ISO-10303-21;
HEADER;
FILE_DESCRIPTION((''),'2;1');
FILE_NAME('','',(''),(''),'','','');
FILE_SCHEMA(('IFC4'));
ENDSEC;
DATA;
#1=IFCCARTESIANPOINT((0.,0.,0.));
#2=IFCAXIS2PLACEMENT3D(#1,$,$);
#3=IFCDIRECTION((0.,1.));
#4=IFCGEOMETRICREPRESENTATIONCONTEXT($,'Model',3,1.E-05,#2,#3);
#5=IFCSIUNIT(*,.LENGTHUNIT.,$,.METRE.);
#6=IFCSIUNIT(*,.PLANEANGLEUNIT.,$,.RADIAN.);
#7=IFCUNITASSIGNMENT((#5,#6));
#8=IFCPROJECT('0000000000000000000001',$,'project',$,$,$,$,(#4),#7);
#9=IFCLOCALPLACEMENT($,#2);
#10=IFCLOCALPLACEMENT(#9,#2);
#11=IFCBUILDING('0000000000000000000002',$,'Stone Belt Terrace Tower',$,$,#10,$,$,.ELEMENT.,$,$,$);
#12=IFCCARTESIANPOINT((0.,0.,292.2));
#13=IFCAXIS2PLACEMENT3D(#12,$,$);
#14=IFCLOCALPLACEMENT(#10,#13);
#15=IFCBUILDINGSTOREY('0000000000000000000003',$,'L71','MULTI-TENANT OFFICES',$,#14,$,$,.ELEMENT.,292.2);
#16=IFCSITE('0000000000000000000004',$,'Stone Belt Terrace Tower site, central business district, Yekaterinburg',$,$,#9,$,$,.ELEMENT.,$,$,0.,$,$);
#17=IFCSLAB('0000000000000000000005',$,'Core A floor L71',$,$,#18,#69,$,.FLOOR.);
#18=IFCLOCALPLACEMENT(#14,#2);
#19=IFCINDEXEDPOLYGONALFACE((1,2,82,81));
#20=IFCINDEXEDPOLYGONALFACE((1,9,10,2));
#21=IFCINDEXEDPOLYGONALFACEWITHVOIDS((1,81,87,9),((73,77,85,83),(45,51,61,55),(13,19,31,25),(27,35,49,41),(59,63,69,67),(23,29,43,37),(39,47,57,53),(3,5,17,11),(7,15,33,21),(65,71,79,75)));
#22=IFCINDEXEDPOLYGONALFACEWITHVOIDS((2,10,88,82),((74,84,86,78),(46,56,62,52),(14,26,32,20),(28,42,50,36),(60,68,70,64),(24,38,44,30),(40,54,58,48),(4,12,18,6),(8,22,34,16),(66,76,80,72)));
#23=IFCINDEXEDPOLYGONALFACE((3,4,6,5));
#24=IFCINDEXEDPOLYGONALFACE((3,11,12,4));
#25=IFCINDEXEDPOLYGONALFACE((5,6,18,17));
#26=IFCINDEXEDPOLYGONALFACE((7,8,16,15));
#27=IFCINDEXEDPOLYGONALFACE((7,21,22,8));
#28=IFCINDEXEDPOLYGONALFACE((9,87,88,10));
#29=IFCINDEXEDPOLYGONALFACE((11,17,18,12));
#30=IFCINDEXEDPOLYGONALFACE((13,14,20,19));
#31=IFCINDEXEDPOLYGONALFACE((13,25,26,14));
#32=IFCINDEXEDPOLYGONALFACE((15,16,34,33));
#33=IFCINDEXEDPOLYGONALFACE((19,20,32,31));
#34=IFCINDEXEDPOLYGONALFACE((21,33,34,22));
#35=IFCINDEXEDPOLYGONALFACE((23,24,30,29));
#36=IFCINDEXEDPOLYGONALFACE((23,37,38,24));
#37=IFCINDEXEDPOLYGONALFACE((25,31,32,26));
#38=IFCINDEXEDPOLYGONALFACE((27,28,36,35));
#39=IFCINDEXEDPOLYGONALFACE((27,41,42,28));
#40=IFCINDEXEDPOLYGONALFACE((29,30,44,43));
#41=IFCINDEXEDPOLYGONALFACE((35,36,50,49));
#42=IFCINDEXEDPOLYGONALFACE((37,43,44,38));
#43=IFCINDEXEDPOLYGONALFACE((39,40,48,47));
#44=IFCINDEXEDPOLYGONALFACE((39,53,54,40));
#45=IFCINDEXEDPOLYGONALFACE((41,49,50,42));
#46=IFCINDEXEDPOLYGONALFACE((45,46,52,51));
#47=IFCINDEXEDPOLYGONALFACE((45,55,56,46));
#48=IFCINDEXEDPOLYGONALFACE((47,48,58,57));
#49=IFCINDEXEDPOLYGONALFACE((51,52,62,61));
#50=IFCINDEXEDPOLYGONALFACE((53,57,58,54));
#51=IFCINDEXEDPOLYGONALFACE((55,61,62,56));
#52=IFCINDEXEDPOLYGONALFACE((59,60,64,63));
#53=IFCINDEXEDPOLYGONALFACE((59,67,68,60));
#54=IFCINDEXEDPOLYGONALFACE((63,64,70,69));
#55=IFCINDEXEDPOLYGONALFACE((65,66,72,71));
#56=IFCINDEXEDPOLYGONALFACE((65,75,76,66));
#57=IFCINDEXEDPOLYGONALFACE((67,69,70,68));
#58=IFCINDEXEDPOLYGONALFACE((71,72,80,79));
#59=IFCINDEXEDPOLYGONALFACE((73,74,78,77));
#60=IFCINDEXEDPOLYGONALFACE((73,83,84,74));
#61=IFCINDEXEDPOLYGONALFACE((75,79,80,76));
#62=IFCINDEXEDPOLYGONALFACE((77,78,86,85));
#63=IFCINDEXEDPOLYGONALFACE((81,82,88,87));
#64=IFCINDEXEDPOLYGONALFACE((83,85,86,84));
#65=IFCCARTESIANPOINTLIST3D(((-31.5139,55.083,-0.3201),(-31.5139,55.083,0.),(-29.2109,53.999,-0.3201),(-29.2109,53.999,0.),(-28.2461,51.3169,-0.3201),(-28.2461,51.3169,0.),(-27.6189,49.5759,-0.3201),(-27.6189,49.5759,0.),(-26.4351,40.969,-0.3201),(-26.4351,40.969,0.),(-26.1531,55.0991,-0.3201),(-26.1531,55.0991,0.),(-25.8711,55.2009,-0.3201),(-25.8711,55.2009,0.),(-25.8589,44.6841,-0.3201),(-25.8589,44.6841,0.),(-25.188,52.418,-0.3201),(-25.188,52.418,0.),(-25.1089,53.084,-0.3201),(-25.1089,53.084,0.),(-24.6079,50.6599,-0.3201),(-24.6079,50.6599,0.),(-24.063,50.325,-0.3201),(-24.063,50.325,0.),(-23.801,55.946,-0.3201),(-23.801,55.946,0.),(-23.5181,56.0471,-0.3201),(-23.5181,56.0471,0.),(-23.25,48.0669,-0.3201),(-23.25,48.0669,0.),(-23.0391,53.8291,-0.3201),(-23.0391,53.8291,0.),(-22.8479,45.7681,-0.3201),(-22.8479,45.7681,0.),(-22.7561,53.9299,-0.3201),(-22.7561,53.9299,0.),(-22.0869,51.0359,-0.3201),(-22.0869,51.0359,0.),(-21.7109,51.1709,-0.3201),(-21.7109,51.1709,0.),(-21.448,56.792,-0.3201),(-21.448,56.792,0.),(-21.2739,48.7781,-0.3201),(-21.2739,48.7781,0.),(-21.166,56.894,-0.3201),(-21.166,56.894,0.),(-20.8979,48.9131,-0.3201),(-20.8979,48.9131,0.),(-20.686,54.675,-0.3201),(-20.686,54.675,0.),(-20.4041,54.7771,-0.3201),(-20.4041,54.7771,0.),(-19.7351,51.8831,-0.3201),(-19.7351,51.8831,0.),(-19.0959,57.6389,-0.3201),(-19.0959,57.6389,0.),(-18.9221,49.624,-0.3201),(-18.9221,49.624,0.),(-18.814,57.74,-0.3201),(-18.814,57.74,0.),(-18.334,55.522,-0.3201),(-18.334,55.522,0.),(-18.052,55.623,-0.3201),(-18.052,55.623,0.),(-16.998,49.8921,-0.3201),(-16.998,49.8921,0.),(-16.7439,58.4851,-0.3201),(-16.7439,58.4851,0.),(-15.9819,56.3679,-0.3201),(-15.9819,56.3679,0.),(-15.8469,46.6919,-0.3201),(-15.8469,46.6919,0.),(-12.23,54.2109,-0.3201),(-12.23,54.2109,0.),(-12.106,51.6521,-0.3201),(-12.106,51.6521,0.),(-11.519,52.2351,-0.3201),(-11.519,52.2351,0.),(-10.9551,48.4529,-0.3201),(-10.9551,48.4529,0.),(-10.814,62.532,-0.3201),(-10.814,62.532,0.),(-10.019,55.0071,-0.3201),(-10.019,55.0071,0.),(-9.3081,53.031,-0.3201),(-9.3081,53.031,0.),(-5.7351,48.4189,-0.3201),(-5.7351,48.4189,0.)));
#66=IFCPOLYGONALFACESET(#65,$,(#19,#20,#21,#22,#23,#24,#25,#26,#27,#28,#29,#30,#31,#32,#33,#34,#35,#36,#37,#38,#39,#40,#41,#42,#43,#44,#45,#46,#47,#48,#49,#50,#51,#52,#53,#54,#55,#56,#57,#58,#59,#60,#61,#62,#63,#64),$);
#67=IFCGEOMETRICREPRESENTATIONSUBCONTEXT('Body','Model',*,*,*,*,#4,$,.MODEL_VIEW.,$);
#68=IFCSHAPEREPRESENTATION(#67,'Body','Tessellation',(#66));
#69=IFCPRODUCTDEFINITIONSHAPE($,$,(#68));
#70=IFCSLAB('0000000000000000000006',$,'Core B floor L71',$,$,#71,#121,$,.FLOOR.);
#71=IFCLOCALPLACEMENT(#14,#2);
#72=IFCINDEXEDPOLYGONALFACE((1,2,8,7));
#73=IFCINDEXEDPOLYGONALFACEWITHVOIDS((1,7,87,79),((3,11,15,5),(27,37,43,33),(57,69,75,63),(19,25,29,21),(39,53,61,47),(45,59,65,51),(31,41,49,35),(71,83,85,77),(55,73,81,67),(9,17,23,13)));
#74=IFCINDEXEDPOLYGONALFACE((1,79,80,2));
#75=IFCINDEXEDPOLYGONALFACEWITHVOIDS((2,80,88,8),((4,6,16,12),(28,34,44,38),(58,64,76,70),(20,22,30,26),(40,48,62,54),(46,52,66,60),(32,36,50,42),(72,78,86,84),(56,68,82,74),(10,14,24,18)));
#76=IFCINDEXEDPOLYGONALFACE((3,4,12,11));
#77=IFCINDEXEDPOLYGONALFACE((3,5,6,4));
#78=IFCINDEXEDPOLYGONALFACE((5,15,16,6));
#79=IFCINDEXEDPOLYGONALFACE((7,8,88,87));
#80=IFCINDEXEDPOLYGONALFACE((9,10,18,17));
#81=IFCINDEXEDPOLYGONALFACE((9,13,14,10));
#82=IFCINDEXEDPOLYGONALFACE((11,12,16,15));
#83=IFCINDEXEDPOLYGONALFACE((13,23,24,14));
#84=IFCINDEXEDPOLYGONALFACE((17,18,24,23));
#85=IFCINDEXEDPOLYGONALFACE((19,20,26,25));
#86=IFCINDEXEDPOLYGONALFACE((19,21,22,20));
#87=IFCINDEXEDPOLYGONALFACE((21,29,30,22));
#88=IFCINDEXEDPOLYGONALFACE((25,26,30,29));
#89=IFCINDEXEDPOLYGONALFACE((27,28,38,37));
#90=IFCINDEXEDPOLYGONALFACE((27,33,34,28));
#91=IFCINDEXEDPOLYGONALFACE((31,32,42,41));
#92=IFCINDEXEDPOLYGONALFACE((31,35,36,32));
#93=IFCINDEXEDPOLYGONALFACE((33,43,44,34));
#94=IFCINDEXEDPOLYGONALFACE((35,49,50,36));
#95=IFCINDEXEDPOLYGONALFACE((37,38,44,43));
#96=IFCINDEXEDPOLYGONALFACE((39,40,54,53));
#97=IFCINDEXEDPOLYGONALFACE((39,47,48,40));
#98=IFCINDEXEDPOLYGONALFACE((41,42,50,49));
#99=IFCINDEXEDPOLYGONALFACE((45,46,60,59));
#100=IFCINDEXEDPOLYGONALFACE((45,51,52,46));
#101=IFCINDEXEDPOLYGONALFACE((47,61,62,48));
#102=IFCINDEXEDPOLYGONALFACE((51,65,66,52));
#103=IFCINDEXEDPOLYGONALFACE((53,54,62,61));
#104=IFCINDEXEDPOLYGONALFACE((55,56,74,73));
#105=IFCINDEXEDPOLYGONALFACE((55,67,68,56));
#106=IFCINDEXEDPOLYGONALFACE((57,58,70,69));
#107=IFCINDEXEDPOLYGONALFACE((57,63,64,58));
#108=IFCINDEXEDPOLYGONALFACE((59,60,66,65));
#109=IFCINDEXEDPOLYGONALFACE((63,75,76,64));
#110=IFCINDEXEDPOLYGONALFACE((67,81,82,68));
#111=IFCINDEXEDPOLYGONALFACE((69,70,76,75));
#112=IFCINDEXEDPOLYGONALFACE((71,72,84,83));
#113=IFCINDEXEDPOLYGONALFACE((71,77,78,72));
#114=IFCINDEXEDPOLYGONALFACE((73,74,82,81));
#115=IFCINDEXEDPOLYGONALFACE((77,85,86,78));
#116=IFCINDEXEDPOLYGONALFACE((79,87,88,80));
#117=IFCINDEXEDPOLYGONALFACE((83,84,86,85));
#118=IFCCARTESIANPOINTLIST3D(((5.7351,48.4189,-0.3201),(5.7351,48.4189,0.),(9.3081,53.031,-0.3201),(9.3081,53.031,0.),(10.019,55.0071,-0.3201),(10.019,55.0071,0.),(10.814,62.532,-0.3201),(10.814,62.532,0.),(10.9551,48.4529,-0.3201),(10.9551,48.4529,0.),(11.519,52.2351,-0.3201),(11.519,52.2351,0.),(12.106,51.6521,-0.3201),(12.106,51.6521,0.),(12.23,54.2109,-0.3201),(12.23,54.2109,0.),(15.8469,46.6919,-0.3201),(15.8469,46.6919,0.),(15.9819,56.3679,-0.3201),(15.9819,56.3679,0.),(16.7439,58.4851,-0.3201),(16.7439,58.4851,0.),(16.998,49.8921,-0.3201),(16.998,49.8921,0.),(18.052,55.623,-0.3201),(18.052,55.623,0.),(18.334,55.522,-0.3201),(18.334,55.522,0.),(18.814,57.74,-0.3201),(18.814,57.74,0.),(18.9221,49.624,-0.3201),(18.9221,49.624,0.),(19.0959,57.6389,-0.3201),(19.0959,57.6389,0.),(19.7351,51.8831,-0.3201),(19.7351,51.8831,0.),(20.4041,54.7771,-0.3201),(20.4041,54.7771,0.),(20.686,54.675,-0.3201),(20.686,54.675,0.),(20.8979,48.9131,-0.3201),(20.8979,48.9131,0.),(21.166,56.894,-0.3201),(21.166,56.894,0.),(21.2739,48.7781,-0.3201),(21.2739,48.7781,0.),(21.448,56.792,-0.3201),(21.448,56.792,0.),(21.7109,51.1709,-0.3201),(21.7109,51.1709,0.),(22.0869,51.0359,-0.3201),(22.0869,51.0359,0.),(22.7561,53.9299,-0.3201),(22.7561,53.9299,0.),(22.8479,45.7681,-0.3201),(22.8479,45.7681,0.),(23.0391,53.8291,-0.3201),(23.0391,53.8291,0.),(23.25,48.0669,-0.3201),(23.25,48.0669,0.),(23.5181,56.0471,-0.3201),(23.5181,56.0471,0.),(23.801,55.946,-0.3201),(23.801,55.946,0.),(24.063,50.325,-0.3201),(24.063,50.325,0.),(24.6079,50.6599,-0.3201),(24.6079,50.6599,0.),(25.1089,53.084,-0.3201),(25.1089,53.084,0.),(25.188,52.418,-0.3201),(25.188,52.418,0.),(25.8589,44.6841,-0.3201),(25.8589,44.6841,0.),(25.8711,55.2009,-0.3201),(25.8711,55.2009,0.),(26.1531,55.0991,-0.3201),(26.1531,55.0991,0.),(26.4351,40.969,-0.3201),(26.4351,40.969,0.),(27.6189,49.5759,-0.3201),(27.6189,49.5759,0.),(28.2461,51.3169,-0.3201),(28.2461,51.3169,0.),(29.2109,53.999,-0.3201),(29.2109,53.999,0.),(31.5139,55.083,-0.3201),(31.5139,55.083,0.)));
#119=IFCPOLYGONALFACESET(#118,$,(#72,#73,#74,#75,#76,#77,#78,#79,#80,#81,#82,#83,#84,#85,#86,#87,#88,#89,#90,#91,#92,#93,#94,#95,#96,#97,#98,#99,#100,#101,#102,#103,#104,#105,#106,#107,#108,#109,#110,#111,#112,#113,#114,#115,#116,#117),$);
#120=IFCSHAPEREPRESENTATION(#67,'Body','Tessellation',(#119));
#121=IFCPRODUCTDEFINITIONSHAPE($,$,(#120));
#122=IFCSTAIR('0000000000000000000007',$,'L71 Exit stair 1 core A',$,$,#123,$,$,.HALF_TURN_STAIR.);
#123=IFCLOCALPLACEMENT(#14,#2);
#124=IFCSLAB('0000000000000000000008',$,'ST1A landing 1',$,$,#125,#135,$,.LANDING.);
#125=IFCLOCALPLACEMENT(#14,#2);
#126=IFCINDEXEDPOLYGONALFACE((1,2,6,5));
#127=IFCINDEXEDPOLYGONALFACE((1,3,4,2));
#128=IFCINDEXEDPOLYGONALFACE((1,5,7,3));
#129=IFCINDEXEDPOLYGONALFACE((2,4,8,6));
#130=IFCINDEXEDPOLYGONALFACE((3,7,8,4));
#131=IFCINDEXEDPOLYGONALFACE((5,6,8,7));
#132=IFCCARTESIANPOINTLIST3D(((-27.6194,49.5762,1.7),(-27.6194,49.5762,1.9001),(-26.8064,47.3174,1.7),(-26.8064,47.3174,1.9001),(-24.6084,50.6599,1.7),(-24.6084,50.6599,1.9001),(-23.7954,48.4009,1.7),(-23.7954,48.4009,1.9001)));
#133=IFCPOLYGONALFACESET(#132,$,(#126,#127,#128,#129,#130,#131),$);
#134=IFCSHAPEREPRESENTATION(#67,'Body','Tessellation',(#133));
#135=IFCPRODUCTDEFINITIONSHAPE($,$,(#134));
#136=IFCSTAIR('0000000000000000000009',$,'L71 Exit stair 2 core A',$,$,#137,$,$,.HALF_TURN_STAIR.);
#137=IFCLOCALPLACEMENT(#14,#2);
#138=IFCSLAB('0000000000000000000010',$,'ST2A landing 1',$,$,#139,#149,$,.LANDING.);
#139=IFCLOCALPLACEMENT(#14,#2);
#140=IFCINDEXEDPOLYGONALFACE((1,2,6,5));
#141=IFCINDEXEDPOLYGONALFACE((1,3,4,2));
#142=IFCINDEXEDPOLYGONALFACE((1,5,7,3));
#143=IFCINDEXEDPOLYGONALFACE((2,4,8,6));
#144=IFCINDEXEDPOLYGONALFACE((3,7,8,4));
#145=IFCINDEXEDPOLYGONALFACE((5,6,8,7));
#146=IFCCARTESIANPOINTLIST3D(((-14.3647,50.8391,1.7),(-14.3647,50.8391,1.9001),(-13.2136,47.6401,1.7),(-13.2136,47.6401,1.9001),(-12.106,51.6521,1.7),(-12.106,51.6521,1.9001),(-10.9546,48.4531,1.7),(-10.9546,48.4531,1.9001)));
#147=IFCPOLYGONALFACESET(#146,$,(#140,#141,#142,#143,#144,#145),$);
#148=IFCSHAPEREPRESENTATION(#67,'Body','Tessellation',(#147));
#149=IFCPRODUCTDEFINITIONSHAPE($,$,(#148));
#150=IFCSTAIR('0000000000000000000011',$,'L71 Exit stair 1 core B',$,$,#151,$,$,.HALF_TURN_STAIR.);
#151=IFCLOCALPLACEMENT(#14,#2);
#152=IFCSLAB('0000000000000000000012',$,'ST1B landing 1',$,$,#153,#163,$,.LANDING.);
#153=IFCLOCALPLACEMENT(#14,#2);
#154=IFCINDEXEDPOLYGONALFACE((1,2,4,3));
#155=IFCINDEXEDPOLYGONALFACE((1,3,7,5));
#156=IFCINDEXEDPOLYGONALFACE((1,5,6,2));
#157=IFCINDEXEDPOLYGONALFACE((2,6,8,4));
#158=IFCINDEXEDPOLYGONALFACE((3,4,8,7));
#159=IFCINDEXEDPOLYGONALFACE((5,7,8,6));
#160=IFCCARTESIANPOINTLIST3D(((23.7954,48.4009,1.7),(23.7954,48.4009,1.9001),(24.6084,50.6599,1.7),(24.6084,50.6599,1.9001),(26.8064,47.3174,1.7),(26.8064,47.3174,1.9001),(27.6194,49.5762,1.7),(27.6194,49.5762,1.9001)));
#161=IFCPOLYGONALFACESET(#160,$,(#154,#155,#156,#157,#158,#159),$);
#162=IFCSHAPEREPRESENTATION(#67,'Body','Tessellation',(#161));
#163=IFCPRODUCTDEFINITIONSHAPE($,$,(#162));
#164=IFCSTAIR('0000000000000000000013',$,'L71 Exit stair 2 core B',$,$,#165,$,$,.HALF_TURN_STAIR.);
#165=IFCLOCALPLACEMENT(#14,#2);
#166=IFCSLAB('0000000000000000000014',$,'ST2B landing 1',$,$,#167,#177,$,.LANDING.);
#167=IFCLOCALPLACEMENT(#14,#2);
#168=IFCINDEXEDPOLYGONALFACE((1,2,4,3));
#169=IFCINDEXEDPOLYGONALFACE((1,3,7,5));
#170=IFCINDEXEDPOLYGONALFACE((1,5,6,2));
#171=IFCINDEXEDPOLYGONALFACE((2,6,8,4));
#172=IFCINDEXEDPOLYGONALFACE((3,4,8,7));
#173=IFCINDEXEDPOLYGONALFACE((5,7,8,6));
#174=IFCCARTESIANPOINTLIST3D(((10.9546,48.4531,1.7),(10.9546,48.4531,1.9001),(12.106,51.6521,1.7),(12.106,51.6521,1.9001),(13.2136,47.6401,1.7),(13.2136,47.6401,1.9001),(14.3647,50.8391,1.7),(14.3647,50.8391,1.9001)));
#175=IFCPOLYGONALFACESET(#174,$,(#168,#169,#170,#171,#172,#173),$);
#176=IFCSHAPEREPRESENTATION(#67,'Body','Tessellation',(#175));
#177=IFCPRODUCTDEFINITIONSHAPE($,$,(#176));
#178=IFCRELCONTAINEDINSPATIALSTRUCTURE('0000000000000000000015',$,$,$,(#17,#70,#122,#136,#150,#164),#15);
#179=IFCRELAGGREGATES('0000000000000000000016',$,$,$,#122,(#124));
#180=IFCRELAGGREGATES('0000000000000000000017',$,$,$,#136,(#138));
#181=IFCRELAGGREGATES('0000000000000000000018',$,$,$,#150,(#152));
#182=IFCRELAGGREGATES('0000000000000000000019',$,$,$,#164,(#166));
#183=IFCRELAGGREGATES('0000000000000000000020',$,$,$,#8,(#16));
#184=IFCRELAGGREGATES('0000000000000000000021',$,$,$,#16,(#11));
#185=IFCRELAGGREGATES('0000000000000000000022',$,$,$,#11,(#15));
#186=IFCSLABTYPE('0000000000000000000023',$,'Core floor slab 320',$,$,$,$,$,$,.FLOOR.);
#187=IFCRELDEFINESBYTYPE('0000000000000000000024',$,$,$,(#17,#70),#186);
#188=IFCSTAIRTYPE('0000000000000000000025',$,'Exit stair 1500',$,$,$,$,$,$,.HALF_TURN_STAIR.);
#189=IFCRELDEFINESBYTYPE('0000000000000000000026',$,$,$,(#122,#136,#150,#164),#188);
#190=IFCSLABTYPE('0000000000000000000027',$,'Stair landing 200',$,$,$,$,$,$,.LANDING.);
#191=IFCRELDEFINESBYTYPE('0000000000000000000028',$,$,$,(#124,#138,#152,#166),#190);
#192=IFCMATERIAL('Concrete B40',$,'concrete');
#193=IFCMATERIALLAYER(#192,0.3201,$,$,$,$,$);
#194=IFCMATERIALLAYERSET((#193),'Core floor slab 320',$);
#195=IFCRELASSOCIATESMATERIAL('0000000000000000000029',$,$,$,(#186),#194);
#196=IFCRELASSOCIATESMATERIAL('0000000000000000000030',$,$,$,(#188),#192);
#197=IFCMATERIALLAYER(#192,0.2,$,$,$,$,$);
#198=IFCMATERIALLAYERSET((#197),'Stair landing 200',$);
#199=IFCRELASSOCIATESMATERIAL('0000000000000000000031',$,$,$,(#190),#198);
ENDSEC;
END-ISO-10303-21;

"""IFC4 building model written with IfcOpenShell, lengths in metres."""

from ifc_helpers import new_model, si_unit, direction, frame, origin, place, context, subcontext, project, spatial, polyline, outline, extrude, material, layer, layer_set, type_object, element, aggregate, save


model = new_model("IFC4")

# Units and contexts
model_context = context("Model", 3, precision=1e-05, world=origin(), true_north=direction((0.0, 1.0)))
body_context = subcontext(model_context, "Body", "Model", "MODEL_VIEW")
ifc_project = project(units=[si_unit("LENGTHUNIT", "METRE"), si_unit("PLANEANGLEUNIT", "RADIAN")], contexts=[model_context])

# Site, building, storey
site_placement = place(None, origin())
site = spatial("IfcSite", under=ifc_project, at=site_placement, Name="Stone Belt Terrace Tower site, central business district, Yekaterinburg", CompositionType="ELEMENT", RefElevation=0.0)
building_placement = place(site_placement, origin())
building = spatial("IfcBuilding", under=site, at=building_placement, Name="Stone Belt Terrace Tower", CompositionType="ELEMENT")
storey_placement = place(building_placement, frame((0.0, 0.0, 292.2)))
storey = spatial("IfcBuildingStorey", under=building, at=storey_placement, Name="L71", Description="MULTI-TENANT OFFICES", CompositionType="ELEMENT", Elevation=292.2)

# Slabs
ifc_material_1 = material(Name="Concrete B40", Category="concrete")
ifc_layer_1 = layer(ifc_material_1, 0.3201)
ifc_layer_set_1 = layer_set([ifc_layer_1], Name="Core floor slab 320")
slab_type_1 = type_object("IfcSlabType", Name="Core floor slab 320", PredefinedType="FLOOR", material=ifc_layer_set_1)
slab_1_placement = place(storey_placement, frame((0.0, 0.0, -0.3201)))
element("IfcSlab", 1, at=slab_1_placement, inside=storey, type_object=slab_type_1, Name="Core A floor L71", PredefinedType="FLOOR", context=body_context, shape_type="SweptSolid", body=[
    extrude(outline(polyline([(-26.4351, 40.969), (-5.7351, 48.4189), (-10.814, 62.532), (-31.5139, 55.083), (-26.4351, 40.969)]), holes=[polyline([(-24.6079, 50.6599), (-22.8479, 45.7681), (-25.8589, 44.6841), (-27.6189, 49.5759), (-24.6079, 50.6599)]), polyline([(-10.9551, 48.4529), (-15.8469, 46.6919), (-16.998, 49.8921), (-12.106, 51.6521), (-10.9551, 48.4529)]), polyline([(-22.0869, 51.0359), (-21.2739, 48.7781), (-23.25, 48.0669), (-24.063, 50.325), (-22.0869, 51.0359)]), polyline([(-18.9221, 49.624), (-20.8979, 48.9131), (-21.7109, 51.1709), (-19.7351, 51.8831), (-18.9221, 49.624)]), polyline([(-29.2109, 53.999), (-26.1531, 55.0991), (-25.188, 52.418), (-28.2461, 51.3169), (-29.2109, 53.999)]), polyline([(-10.019, 55.0071), (-9.3081, 53.031), (-11.519, 52.2351), (-12.23, 54.2109), (-10.019, 55.0071)]), polyline([(-25.8711, 55.2009), (-23.801, 55.946), (-23.0391, 53.8291), (-25.1089, 53.084), (-25.8711, 55.2009)]), polyline([(-23.5181, 56.0471), (-21.448, 56.792), (-20.686, 54.675), (-22.7561, 53.9299), (-23.5181, 56.0471)]), polyline([(-19.0959, 57.6389), (-18.334, 55.522), (-20.4041, 54.7771), (-21.166, 56.894), (-19.0959, 57.6389)]), polyline([(-16.7439, 58.4851), (-15.9819, 56.3679), (-18.052, 55.623), (-18.814, 57.74), (-16.7439, 58.4851)])]), origin(), (0.0, 0.0, 1.0), 0.3201),
])
slab_2_placement = place(storey_placement, frame((0.0, 0.0, -0.3201)))
element("IfcSlab", 2, at=slab_2_placement, inside=storey, type_object=slab_type_1, Name="Core B floor L71", PredefinedType="FLOOR", context=body_context, shape_type="SweptSolid", body=[
    extrude(outline(polyline([(26.4351, 40.969), (31.5139, 55.083), (10.814, 62.532), (5.7351, 48.4189), (26.4351, 40.969)]), holes=[polyline([(27.6189, 49.5759), (25.8589, 44.6841), (22.8479, 45.7681), (24.6079, 50.6599), (27.6189, 49.5759)]), polyline([(12.106, 51.6521), (16.998, 49.8921), (15.8469, 46.6919), (10.9551, 48.4529), (12.106, 51.6521)]), polyline([(23.25, 48.0669), (21.2739, 48.7781), (22.0869, 51.0359), (24.063, 50.325), (23.25, 48.0669)]), polyline([(18.9221, 49.624), (19.7351, 51.8831), (21.7109, 51.1709), (20.8979, 48.9131), (18.9221, 49.624)]), polyline([(29.2109, 53.999), (28.2461, 51.3169), (25.188, 52.418), (26.1531, 55.0991), (29.2109, 53.999)]), polyline([(11.519, 52.2351), (9.3081, 53.031), (10.019, 55.0071), (12.23, 54.2109), (11.519, 52.2351)]), polyline([(23.0391, 53.8291), (23.801, 55.946), (25.8711, 55.2009), (25.1089, 53.084), (23.0391, 53.8291)]), polyline([(20.686, 54.675), (21.448, 56.792), (23.5181, 56.0471), (22.7561, 53.9299), (20.686, 54.675)]), polyline([(19.0959, 57.6389), (21.166, 56.894), (20.4041, 54.7771), (18.334, 55.522), (19.0959, 57.6389)]), polyline([(16.7439, 58.4851), (18.814, 57.74), (18.052, 55.623), (15.9819, 56.3679), (16.7439, 58.4851)])]), origin(), (0.0, 0.0, 1.0), 0.3201),
])

# Stairs, slabs
stair_type = type_object("IfcStairType", Name="Exit stair 1500", PredefinedType="HALF_TURN_STAIR", material=ifc_material_1)
stair_1_placement = place(storey_placement, origin())
stair_1 = element("IfcStair", 3, at=stair_1_placement, inside=storey, type_object=stair_type, Name="L71 Exit stair 1 core A", PredefinedType="HALF_TURN_STAIR")
ifc_layer_2 = layer(ifc_material_1, 0.2)
ifc_layer_set_2 = layer_set([ifc_layer_2], Name="Stair landing 200")
slab_type_2 = type_object("IfcSlabType", Name="Stair landing 200", PredefinedType="LANDING", material=ifc_layer_set_2)
slab_3_placement = place(storey_placement, frame((0.0, 0.0, 1.7)))
slab_3 = element("IfcSlab", 4, at=slab_3_placement, type_object=slab_type_2, Name="ST1A landing 1", PredefinedType="LANDING", context=body_context, shape_type="SweptSolid", body=[
    extrude(outline(polyline([(-23.7954, 48.4009), (-24.6084, 50.6599), (-27.6194, 49.5762), (-26.8064, 47.3174), (-23.7954, 48.4009)])), origin(), (0.0, 0.0, 1.0), 0.2002),
])
aggregate(stair_1, [slab_3])
stair_2_placement = place(storey_placement, origin())
stair_2 = element("IfcStair", 5, at=stair_2_placement, inside=storey, type_object=stair_type, Name="L71 Exit stair 2 core A", PredefinedType="HALF_TURN_STAIR")
slab_4_placement = place(storey_placement, frame((0.0, 0.0, 1.7)))
slab_4 = element("IfcSlab", 6, at=slab_4_placement, type_object=slab_type_2, Name="ST2A landing 1", PredefinedType="LANDING", context=body_context, shape_type="SweptSolid", body=[
    extrude(outline(polyline([(-13.2136, 47.6401), (-10.9546, 48.4531), (-12.106, 51.6521), (-14.3647, 50.8391), (-13.2136, 47.6401)])), origin(), (0.0, 0.0, 1.0), 0.2002),
])
aggregate(stair_2, [slab_4])
stair_3_placement = place(storey_placement, origin())
stair_3 = element("IfcStair", 7, at=stair_3_placement, inside=storey, type_object=stair_type, Name="L71 Exit stair 1 core B", PredefinedType="HALF_TURN_STAIR")
slab_5_placement = place(storey_placement, frame((0.0, 0.0, 1.7)))
slab_5 = element("IfcSlab", 8, at=slab_5_placement, type_object=slab_type_2, Name="ST1B landing 1", PredefinedType="LANDING", context=body_context, shape_type="SweptSolid", body=[
    extrude(outline(polyline([(26.8064, 47.3174), (27.6194, 49.5762), (24.6084, 50.6599), (23.7954, 48.4009), (26.8064, 47.3174)])), origin(), (0.0, 0.0, 1.0), 0.2002),
])
aggregate(stair_3, [slab_5])
stair_4_placement = place(storey_placement, origin())
stair_4 = element("IfcStair", 9, at=stair_4_placement, inside=storey, type_object=stair_type, Name="L71 Exit stair 2 core B", PredefinedType="HALF_TURN_STAIR")
slab_6_placement = place(storey_placement, frame((0.0, 0.0, 1.7)))
slab_6 = element("IfcSlab", 10, at=slab_6_placement, type_object=slab_type_2, Name="ST2B landing 1", PredefinedType="LANDING", context=body_context, shape_type="SweptSolid", body=[
    extrude(outline(polyline([(14.3647, 50.8391), (12.106, 51.6521), (10.9546, 48.4531), (13.2136, 47.6401), (14.3647, 50.8391)])), origin(), (0.0, 0.0, 1.0), 0.2002),
])
aggregate(stair_4, [slab_6])

save(model, "model.ifc")
